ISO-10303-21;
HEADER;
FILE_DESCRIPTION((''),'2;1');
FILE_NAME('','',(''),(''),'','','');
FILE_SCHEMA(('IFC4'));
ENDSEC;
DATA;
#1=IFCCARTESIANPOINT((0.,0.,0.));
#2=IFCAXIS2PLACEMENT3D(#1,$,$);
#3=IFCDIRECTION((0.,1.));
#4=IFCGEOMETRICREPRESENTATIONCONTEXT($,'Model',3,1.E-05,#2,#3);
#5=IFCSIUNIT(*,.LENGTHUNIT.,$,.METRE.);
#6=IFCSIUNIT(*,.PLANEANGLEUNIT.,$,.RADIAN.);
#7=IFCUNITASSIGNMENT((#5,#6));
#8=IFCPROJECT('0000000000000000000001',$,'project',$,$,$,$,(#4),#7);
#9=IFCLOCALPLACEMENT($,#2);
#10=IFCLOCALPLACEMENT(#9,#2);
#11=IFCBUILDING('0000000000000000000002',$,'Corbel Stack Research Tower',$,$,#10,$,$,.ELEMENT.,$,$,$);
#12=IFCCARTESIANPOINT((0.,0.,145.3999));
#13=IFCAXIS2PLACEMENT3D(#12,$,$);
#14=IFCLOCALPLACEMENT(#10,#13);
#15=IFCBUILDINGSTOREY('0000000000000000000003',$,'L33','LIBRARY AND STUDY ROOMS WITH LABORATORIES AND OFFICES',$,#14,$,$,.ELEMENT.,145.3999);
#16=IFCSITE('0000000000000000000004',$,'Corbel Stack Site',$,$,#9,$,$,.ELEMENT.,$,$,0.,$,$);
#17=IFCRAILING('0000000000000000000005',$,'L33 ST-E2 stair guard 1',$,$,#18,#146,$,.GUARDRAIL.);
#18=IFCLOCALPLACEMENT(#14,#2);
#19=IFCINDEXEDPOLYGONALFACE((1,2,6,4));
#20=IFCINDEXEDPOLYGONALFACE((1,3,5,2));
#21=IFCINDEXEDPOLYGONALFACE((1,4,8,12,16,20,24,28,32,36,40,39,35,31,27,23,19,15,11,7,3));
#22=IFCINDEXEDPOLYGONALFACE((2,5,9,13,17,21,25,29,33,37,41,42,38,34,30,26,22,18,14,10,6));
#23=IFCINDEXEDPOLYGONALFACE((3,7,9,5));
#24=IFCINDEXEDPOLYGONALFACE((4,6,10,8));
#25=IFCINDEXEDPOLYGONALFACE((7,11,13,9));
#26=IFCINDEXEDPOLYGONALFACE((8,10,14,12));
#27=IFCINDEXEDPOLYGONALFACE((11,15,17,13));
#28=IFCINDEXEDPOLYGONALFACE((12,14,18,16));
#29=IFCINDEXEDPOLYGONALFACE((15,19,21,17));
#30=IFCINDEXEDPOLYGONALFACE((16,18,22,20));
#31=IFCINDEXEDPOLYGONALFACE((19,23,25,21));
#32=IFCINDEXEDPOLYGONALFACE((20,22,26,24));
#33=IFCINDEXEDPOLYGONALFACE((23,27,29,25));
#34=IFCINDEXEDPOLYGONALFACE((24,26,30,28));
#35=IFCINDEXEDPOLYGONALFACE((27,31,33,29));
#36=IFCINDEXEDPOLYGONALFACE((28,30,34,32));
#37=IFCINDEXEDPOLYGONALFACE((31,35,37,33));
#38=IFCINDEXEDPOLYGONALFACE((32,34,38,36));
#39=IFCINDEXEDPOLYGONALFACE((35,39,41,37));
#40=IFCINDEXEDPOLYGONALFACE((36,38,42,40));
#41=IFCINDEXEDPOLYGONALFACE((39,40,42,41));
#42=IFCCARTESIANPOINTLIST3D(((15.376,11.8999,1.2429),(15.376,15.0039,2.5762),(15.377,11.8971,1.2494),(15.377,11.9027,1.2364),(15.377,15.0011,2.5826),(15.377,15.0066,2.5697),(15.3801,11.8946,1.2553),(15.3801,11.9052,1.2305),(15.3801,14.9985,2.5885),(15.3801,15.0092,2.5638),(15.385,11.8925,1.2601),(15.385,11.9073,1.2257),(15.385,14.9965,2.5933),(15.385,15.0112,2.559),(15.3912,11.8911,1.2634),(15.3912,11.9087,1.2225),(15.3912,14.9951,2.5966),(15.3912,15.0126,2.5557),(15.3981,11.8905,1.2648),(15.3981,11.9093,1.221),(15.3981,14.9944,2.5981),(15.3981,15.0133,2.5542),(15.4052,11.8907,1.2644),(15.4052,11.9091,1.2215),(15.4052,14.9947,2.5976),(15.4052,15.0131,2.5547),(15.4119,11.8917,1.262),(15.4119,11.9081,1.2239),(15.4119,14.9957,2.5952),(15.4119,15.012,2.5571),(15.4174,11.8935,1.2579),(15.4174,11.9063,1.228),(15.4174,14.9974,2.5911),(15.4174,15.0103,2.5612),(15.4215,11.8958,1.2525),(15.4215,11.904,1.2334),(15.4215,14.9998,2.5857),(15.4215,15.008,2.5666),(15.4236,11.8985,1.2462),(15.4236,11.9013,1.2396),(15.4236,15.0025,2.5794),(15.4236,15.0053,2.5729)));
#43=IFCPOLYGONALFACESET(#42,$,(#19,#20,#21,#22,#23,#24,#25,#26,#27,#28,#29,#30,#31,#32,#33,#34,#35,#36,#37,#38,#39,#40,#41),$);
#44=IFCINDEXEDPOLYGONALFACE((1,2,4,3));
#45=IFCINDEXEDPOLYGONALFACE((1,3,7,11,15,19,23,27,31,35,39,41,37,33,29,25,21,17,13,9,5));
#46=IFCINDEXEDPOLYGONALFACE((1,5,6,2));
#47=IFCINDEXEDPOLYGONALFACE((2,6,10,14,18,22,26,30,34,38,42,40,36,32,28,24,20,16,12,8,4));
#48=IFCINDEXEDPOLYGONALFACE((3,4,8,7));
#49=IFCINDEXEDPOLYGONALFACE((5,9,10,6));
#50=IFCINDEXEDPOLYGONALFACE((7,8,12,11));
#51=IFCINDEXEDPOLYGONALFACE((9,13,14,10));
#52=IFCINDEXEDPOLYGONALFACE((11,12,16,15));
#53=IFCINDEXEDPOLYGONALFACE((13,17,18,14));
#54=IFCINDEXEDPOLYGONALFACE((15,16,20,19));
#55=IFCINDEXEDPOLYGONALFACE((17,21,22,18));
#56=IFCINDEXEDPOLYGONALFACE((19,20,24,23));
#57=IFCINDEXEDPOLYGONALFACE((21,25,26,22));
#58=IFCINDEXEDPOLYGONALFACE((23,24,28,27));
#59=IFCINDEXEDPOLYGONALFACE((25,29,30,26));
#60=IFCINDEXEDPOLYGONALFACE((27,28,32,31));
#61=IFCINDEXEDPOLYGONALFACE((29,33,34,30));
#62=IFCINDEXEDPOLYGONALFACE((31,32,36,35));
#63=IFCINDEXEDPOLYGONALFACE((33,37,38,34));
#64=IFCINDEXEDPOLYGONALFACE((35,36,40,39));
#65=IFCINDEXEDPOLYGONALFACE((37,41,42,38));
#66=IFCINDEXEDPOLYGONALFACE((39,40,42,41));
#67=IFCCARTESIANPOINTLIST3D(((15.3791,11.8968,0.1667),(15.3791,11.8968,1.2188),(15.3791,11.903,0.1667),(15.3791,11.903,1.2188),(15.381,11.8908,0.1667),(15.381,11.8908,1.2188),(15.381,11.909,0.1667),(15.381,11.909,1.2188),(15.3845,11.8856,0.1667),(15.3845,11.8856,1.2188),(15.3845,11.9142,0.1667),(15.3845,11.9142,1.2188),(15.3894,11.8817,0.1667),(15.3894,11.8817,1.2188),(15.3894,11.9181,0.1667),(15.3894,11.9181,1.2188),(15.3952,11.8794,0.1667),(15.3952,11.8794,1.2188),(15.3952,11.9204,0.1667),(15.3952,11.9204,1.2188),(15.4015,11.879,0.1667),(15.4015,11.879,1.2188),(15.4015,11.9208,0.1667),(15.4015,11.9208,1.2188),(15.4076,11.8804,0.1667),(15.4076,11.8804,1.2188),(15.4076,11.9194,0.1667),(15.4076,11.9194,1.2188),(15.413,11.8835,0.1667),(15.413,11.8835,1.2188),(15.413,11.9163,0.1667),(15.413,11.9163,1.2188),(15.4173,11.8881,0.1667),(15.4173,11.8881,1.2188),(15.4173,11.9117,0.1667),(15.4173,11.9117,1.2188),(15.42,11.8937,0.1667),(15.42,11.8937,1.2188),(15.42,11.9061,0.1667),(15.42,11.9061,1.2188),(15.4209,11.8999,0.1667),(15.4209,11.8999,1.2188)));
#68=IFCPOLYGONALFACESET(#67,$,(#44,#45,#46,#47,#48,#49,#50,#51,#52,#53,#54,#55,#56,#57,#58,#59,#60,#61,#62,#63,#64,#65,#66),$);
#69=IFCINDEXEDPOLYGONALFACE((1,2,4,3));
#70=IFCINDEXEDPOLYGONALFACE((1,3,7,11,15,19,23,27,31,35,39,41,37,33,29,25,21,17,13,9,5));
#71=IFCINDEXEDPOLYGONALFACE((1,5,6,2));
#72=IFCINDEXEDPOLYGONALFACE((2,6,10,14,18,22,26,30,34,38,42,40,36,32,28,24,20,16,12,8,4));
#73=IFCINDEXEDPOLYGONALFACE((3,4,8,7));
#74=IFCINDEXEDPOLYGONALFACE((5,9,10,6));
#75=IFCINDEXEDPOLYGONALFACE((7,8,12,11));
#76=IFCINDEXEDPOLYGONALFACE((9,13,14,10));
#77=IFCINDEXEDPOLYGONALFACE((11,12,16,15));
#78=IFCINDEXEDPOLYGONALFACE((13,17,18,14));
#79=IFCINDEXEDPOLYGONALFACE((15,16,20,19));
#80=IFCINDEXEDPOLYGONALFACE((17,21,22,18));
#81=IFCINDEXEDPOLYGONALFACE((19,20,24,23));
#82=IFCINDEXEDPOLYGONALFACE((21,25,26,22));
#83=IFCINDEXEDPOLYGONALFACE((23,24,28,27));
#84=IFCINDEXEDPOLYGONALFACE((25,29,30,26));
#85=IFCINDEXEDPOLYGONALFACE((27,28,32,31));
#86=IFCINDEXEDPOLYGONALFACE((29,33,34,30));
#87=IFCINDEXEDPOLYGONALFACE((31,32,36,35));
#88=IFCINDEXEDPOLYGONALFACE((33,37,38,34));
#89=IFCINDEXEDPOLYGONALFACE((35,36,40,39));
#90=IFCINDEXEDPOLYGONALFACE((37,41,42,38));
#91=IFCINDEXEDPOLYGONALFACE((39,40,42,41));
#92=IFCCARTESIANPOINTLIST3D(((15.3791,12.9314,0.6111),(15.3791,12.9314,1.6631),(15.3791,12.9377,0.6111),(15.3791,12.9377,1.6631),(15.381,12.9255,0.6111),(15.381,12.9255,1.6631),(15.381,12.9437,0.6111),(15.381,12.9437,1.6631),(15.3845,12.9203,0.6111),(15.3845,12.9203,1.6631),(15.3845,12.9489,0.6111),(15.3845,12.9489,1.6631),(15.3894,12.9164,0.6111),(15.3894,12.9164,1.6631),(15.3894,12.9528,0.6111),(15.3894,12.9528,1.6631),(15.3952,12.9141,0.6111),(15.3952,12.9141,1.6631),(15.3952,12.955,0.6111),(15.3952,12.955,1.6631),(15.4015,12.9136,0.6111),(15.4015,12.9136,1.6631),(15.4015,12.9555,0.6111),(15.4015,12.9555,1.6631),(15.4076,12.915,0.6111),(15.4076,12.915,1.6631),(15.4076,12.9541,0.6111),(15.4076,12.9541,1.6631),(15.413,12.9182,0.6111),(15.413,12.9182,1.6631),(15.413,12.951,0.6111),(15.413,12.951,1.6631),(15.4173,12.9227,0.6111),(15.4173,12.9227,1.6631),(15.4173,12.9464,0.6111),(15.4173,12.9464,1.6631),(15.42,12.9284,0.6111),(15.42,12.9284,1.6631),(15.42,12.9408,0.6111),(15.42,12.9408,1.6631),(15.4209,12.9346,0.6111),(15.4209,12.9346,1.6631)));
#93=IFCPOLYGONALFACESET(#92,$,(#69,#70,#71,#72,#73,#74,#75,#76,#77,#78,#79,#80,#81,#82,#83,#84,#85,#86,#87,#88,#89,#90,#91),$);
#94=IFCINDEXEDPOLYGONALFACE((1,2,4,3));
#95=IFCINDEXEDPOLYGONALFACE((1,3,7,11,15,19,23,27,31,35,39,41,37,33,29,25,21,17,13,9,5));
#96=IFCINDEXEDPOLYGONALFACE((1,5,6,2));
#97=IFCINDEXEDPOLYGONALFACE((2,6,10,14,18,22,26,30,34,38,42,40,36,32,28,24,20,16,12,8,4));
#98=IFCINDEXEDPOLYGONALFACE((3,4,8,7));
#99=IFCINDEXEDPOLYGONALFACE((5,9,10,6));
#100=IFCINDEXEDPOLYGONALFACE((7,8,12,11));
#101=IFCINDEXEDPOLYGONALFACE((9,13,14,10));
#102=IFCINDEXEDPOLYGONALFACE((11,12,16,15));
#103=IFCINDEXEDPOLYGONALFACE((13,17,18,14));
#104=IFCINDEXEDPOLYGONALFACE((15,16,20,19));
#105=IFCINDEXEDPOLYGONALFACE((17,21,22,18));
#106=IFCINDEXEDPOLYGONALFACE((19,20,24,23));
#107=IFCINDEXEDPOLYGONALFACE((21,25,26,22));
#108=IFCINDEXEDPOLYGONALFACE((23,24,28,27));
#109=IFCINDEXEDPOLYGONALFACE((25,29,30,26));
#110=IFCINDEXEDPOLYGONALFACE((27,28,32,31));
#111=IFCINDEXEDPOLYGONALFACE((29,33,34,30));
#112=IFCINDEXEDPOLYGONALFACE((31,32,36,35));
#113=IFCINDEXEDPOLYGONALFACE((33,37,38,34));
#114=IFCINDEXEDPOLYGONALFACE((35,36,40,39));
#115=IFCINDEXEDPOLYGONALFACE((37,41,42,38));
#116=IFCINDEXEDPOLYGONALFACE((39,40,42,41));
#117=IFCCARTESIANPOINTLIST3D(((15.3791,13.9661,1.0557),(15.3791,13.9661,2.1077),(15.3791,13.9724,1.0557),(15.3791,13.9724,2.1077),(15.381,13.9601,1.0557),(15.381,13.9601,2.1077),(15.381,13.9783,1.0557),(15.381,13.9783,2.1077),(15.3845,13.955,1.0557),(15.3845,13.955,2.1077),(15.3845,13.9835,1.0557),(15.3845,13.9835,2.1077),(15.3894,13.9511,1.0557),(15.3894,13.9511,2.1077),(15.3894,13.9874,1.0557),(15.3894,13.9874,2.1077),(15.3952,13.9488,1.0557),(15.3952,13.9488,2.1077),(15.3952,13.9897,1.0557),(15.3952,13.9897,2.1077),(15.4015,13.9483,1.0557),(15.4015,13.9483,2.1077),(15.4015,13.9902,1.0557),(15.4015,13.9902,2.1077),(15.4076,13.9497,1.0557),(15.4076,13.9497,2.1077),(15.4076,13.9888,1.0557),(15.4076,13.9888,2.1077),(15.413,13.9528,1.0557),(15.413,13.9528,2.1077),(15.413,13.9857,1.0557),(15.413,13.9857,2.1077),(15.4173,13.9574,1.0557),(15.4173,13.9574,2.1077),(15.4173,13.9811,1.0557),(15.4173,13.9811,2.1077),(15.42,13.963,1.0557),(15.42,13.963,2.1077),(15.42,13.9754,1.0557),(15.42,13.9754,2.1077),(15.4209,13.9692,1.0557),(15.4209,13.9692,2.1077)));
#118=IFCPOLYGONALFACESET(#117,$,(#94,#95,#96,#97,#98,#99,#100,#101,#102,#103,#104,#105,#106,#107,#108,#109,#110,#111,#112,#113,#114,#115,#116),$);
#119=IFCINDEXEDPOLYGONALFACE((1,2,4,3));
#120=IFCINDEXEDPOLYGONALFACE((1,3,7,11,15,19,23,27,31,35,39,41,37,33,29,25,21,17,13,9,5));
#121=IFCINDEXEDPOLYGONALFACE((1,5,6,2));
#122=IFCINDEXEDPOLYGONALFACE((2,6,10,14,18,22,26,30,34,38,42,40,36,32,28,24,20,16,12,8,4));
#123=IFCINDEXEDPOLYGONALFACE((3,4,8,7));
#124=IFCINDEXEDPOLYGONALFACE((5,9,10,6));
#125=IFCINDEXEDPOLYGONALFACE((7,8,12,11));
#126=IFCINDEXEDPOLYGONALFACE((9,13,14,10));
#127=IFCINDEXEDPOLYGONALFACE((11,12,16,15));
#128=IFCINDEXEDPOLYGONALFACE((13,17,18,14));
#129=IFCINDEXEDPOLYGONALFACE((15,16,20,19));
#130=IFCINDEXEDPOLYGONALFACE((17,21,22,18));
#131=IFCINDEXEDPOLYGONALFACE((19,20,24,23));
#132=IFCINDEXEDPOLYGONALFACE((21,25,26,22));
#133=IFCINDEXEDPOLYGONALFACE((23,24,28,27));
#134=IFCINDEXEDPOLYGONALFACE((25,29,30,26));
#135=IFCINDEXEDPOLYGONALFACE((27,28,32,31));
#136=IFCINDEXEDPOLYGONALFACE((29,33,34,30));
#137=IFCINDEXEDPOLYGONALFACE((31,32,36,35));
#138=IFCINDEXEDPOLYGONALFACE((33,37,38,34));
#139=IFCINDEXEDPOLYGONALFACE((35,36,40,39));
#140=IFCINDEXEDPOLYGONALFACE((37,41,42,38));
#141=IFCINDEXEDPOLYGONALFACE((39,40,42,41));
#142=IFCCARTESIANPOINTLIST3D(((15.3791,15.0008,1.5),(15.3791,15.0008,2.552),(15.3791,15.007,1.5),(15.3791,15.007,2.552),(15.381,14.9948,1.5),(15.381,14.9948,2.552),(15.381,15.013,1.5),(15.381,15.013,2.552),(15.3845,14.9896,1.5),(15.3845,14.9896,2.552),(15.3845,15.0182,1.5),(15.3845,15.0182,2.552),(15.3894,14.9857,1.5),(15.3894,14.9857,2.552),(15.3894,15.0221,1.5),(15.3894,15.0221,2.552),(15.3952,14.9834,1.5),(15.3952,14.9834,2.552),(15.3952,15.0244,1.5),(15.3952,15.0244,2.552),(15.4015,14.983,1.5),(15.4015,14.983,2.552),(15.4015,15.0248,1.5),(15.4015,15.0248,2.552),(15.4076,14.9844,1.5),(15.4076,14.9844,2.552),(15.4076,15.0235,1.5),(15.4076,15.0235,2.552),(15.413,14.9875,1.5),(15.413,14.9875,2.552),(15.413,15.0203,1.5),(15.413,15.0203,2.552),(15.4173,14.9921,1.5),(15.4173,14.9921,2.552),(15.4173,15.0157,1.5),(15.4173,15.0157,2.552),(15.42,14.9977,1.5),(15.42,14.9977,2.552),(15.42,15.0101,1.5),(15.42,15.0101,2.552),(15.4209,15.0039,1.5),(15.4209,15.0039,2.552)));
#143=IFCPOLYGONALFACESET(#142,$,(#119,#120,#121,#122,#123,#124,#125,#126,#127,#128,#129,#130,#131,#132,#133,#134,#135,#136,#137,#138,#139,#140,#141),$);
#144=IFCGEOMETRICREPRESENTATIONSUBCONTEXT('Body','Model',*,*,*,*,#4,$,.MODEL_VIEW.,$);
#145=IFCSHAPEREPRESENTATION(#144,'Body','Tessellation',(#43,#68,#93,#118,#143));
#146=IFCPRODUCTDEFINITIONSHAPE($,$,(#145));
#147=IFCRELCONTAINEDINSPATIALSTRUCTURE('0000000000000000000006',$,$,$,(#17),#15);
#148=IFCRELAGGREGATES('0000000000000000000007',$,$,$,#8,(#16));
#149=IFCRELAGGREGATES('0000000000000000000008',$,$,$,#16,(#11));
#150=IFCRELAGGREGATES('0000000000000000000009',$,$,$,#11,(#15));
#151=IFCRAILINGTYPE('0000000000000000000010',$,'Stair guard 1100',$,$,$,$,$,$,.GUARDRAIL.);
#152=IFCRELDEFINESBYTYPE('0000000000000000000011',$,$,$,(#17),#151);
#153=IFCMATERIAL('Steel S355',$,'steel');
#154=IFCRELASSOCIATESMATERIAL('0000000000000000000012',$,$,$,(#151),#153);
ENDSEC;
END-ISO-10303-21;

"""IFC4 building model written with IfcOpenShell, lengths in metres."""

from ifc_helpers import new_model, si_unit, direction, frame, origin, origin_2d, place, context, subcontext, project, spatial, circle, extrude, material, type_object, element, save


model = new_model("IFC4")

# Units and contexts
model_context = context("Model", 3, precision=1e-05, world=origin(), true_north=direction((0.0, 1.0)))
body_context = subcontext(model_context, "Body", "Model", "MODEL_VIEW")
ifc_project = project(units=[si_unit("LENGTHUNIT", "METRE"), si_unit("PLANEANGLEUNIT", "RADIAN")], contexts=[model_context])

# Site, building, storey
site_placement = place(None, origin())
site = spatial("IfcSite", under=ifc_project, at=site_placement, Name="Corbel Stack Site", CompositionType="ELEMENT", RefElevation=0.0)
building_placement = place(site_placement, origin())
building = spatial("IfcBuilding", under=site, at=building_placement, Name="Corbel Stack Research Tower", CompositionType="ELEMENT")
storey_placement = place(building_placement, frame((0.0, 0.0, 145.3999)))
storey = spatial("IfcBuildingStorey", under=building, at=storey_placement, Name="L33", Description="LIBRARY AND STUDY ROOMS WITH LABORATORIES AND OFFICES", CompositionType="ELEMENT", Elevation=145.3999)

# Railing
ifc_material_1 = material(Name="Steel S355", Category="steel")
railing_type_1 = type_object("IfcRailingType", Name="Stair guard 1100", PredefinedType="GUARDRAIL", material=ifc_material_1)
railing_1_placement = place(storey_placement, frame((15.3999, 11.8999, 0.1667)))
element("IfcRailing", 1, at=railing_1_placement, inside=storey, type_object=railing_type_1, Name="L33 ST-E2 stair guard 1", PredefinedType="GUARDRAIL", context=body_context, shape_type="SweptSolid", body=[
    extrude(circle(Radius=0.0239, at=origin_2d()), frame((0.0, 0.0, 1.0762), z_axis=(0.0, 0.918827, 0.394661), x_axis=(-1.0, 0.0, 0.0)), (0.0, 0.0, 1.0), 3.3782),
    extrude(circle(Radius=0.021, at=origin_2d()), origin(), (0.0, 0.0, 1.0), 1.052),
    extrude(circle(Radius=0.021, at=origin_2d()), frame((0.0, 1.0347, 0.4443)), (0.0, 0.0, 1.0), 1.052),
    extrude(circle(Radius=0.021, at=origin_2d()), frame((0.0, 2.0693, 0.8889)), (0.0, 0.0, 1.0), 1.052),
    extrude(circle(Radius=0.021, at=origin_2d()), frame((0.0, 3.104, 1.3333)), (0.0, 0.0, 1.0), 1.052),
])

save(model, "model.ifc")
